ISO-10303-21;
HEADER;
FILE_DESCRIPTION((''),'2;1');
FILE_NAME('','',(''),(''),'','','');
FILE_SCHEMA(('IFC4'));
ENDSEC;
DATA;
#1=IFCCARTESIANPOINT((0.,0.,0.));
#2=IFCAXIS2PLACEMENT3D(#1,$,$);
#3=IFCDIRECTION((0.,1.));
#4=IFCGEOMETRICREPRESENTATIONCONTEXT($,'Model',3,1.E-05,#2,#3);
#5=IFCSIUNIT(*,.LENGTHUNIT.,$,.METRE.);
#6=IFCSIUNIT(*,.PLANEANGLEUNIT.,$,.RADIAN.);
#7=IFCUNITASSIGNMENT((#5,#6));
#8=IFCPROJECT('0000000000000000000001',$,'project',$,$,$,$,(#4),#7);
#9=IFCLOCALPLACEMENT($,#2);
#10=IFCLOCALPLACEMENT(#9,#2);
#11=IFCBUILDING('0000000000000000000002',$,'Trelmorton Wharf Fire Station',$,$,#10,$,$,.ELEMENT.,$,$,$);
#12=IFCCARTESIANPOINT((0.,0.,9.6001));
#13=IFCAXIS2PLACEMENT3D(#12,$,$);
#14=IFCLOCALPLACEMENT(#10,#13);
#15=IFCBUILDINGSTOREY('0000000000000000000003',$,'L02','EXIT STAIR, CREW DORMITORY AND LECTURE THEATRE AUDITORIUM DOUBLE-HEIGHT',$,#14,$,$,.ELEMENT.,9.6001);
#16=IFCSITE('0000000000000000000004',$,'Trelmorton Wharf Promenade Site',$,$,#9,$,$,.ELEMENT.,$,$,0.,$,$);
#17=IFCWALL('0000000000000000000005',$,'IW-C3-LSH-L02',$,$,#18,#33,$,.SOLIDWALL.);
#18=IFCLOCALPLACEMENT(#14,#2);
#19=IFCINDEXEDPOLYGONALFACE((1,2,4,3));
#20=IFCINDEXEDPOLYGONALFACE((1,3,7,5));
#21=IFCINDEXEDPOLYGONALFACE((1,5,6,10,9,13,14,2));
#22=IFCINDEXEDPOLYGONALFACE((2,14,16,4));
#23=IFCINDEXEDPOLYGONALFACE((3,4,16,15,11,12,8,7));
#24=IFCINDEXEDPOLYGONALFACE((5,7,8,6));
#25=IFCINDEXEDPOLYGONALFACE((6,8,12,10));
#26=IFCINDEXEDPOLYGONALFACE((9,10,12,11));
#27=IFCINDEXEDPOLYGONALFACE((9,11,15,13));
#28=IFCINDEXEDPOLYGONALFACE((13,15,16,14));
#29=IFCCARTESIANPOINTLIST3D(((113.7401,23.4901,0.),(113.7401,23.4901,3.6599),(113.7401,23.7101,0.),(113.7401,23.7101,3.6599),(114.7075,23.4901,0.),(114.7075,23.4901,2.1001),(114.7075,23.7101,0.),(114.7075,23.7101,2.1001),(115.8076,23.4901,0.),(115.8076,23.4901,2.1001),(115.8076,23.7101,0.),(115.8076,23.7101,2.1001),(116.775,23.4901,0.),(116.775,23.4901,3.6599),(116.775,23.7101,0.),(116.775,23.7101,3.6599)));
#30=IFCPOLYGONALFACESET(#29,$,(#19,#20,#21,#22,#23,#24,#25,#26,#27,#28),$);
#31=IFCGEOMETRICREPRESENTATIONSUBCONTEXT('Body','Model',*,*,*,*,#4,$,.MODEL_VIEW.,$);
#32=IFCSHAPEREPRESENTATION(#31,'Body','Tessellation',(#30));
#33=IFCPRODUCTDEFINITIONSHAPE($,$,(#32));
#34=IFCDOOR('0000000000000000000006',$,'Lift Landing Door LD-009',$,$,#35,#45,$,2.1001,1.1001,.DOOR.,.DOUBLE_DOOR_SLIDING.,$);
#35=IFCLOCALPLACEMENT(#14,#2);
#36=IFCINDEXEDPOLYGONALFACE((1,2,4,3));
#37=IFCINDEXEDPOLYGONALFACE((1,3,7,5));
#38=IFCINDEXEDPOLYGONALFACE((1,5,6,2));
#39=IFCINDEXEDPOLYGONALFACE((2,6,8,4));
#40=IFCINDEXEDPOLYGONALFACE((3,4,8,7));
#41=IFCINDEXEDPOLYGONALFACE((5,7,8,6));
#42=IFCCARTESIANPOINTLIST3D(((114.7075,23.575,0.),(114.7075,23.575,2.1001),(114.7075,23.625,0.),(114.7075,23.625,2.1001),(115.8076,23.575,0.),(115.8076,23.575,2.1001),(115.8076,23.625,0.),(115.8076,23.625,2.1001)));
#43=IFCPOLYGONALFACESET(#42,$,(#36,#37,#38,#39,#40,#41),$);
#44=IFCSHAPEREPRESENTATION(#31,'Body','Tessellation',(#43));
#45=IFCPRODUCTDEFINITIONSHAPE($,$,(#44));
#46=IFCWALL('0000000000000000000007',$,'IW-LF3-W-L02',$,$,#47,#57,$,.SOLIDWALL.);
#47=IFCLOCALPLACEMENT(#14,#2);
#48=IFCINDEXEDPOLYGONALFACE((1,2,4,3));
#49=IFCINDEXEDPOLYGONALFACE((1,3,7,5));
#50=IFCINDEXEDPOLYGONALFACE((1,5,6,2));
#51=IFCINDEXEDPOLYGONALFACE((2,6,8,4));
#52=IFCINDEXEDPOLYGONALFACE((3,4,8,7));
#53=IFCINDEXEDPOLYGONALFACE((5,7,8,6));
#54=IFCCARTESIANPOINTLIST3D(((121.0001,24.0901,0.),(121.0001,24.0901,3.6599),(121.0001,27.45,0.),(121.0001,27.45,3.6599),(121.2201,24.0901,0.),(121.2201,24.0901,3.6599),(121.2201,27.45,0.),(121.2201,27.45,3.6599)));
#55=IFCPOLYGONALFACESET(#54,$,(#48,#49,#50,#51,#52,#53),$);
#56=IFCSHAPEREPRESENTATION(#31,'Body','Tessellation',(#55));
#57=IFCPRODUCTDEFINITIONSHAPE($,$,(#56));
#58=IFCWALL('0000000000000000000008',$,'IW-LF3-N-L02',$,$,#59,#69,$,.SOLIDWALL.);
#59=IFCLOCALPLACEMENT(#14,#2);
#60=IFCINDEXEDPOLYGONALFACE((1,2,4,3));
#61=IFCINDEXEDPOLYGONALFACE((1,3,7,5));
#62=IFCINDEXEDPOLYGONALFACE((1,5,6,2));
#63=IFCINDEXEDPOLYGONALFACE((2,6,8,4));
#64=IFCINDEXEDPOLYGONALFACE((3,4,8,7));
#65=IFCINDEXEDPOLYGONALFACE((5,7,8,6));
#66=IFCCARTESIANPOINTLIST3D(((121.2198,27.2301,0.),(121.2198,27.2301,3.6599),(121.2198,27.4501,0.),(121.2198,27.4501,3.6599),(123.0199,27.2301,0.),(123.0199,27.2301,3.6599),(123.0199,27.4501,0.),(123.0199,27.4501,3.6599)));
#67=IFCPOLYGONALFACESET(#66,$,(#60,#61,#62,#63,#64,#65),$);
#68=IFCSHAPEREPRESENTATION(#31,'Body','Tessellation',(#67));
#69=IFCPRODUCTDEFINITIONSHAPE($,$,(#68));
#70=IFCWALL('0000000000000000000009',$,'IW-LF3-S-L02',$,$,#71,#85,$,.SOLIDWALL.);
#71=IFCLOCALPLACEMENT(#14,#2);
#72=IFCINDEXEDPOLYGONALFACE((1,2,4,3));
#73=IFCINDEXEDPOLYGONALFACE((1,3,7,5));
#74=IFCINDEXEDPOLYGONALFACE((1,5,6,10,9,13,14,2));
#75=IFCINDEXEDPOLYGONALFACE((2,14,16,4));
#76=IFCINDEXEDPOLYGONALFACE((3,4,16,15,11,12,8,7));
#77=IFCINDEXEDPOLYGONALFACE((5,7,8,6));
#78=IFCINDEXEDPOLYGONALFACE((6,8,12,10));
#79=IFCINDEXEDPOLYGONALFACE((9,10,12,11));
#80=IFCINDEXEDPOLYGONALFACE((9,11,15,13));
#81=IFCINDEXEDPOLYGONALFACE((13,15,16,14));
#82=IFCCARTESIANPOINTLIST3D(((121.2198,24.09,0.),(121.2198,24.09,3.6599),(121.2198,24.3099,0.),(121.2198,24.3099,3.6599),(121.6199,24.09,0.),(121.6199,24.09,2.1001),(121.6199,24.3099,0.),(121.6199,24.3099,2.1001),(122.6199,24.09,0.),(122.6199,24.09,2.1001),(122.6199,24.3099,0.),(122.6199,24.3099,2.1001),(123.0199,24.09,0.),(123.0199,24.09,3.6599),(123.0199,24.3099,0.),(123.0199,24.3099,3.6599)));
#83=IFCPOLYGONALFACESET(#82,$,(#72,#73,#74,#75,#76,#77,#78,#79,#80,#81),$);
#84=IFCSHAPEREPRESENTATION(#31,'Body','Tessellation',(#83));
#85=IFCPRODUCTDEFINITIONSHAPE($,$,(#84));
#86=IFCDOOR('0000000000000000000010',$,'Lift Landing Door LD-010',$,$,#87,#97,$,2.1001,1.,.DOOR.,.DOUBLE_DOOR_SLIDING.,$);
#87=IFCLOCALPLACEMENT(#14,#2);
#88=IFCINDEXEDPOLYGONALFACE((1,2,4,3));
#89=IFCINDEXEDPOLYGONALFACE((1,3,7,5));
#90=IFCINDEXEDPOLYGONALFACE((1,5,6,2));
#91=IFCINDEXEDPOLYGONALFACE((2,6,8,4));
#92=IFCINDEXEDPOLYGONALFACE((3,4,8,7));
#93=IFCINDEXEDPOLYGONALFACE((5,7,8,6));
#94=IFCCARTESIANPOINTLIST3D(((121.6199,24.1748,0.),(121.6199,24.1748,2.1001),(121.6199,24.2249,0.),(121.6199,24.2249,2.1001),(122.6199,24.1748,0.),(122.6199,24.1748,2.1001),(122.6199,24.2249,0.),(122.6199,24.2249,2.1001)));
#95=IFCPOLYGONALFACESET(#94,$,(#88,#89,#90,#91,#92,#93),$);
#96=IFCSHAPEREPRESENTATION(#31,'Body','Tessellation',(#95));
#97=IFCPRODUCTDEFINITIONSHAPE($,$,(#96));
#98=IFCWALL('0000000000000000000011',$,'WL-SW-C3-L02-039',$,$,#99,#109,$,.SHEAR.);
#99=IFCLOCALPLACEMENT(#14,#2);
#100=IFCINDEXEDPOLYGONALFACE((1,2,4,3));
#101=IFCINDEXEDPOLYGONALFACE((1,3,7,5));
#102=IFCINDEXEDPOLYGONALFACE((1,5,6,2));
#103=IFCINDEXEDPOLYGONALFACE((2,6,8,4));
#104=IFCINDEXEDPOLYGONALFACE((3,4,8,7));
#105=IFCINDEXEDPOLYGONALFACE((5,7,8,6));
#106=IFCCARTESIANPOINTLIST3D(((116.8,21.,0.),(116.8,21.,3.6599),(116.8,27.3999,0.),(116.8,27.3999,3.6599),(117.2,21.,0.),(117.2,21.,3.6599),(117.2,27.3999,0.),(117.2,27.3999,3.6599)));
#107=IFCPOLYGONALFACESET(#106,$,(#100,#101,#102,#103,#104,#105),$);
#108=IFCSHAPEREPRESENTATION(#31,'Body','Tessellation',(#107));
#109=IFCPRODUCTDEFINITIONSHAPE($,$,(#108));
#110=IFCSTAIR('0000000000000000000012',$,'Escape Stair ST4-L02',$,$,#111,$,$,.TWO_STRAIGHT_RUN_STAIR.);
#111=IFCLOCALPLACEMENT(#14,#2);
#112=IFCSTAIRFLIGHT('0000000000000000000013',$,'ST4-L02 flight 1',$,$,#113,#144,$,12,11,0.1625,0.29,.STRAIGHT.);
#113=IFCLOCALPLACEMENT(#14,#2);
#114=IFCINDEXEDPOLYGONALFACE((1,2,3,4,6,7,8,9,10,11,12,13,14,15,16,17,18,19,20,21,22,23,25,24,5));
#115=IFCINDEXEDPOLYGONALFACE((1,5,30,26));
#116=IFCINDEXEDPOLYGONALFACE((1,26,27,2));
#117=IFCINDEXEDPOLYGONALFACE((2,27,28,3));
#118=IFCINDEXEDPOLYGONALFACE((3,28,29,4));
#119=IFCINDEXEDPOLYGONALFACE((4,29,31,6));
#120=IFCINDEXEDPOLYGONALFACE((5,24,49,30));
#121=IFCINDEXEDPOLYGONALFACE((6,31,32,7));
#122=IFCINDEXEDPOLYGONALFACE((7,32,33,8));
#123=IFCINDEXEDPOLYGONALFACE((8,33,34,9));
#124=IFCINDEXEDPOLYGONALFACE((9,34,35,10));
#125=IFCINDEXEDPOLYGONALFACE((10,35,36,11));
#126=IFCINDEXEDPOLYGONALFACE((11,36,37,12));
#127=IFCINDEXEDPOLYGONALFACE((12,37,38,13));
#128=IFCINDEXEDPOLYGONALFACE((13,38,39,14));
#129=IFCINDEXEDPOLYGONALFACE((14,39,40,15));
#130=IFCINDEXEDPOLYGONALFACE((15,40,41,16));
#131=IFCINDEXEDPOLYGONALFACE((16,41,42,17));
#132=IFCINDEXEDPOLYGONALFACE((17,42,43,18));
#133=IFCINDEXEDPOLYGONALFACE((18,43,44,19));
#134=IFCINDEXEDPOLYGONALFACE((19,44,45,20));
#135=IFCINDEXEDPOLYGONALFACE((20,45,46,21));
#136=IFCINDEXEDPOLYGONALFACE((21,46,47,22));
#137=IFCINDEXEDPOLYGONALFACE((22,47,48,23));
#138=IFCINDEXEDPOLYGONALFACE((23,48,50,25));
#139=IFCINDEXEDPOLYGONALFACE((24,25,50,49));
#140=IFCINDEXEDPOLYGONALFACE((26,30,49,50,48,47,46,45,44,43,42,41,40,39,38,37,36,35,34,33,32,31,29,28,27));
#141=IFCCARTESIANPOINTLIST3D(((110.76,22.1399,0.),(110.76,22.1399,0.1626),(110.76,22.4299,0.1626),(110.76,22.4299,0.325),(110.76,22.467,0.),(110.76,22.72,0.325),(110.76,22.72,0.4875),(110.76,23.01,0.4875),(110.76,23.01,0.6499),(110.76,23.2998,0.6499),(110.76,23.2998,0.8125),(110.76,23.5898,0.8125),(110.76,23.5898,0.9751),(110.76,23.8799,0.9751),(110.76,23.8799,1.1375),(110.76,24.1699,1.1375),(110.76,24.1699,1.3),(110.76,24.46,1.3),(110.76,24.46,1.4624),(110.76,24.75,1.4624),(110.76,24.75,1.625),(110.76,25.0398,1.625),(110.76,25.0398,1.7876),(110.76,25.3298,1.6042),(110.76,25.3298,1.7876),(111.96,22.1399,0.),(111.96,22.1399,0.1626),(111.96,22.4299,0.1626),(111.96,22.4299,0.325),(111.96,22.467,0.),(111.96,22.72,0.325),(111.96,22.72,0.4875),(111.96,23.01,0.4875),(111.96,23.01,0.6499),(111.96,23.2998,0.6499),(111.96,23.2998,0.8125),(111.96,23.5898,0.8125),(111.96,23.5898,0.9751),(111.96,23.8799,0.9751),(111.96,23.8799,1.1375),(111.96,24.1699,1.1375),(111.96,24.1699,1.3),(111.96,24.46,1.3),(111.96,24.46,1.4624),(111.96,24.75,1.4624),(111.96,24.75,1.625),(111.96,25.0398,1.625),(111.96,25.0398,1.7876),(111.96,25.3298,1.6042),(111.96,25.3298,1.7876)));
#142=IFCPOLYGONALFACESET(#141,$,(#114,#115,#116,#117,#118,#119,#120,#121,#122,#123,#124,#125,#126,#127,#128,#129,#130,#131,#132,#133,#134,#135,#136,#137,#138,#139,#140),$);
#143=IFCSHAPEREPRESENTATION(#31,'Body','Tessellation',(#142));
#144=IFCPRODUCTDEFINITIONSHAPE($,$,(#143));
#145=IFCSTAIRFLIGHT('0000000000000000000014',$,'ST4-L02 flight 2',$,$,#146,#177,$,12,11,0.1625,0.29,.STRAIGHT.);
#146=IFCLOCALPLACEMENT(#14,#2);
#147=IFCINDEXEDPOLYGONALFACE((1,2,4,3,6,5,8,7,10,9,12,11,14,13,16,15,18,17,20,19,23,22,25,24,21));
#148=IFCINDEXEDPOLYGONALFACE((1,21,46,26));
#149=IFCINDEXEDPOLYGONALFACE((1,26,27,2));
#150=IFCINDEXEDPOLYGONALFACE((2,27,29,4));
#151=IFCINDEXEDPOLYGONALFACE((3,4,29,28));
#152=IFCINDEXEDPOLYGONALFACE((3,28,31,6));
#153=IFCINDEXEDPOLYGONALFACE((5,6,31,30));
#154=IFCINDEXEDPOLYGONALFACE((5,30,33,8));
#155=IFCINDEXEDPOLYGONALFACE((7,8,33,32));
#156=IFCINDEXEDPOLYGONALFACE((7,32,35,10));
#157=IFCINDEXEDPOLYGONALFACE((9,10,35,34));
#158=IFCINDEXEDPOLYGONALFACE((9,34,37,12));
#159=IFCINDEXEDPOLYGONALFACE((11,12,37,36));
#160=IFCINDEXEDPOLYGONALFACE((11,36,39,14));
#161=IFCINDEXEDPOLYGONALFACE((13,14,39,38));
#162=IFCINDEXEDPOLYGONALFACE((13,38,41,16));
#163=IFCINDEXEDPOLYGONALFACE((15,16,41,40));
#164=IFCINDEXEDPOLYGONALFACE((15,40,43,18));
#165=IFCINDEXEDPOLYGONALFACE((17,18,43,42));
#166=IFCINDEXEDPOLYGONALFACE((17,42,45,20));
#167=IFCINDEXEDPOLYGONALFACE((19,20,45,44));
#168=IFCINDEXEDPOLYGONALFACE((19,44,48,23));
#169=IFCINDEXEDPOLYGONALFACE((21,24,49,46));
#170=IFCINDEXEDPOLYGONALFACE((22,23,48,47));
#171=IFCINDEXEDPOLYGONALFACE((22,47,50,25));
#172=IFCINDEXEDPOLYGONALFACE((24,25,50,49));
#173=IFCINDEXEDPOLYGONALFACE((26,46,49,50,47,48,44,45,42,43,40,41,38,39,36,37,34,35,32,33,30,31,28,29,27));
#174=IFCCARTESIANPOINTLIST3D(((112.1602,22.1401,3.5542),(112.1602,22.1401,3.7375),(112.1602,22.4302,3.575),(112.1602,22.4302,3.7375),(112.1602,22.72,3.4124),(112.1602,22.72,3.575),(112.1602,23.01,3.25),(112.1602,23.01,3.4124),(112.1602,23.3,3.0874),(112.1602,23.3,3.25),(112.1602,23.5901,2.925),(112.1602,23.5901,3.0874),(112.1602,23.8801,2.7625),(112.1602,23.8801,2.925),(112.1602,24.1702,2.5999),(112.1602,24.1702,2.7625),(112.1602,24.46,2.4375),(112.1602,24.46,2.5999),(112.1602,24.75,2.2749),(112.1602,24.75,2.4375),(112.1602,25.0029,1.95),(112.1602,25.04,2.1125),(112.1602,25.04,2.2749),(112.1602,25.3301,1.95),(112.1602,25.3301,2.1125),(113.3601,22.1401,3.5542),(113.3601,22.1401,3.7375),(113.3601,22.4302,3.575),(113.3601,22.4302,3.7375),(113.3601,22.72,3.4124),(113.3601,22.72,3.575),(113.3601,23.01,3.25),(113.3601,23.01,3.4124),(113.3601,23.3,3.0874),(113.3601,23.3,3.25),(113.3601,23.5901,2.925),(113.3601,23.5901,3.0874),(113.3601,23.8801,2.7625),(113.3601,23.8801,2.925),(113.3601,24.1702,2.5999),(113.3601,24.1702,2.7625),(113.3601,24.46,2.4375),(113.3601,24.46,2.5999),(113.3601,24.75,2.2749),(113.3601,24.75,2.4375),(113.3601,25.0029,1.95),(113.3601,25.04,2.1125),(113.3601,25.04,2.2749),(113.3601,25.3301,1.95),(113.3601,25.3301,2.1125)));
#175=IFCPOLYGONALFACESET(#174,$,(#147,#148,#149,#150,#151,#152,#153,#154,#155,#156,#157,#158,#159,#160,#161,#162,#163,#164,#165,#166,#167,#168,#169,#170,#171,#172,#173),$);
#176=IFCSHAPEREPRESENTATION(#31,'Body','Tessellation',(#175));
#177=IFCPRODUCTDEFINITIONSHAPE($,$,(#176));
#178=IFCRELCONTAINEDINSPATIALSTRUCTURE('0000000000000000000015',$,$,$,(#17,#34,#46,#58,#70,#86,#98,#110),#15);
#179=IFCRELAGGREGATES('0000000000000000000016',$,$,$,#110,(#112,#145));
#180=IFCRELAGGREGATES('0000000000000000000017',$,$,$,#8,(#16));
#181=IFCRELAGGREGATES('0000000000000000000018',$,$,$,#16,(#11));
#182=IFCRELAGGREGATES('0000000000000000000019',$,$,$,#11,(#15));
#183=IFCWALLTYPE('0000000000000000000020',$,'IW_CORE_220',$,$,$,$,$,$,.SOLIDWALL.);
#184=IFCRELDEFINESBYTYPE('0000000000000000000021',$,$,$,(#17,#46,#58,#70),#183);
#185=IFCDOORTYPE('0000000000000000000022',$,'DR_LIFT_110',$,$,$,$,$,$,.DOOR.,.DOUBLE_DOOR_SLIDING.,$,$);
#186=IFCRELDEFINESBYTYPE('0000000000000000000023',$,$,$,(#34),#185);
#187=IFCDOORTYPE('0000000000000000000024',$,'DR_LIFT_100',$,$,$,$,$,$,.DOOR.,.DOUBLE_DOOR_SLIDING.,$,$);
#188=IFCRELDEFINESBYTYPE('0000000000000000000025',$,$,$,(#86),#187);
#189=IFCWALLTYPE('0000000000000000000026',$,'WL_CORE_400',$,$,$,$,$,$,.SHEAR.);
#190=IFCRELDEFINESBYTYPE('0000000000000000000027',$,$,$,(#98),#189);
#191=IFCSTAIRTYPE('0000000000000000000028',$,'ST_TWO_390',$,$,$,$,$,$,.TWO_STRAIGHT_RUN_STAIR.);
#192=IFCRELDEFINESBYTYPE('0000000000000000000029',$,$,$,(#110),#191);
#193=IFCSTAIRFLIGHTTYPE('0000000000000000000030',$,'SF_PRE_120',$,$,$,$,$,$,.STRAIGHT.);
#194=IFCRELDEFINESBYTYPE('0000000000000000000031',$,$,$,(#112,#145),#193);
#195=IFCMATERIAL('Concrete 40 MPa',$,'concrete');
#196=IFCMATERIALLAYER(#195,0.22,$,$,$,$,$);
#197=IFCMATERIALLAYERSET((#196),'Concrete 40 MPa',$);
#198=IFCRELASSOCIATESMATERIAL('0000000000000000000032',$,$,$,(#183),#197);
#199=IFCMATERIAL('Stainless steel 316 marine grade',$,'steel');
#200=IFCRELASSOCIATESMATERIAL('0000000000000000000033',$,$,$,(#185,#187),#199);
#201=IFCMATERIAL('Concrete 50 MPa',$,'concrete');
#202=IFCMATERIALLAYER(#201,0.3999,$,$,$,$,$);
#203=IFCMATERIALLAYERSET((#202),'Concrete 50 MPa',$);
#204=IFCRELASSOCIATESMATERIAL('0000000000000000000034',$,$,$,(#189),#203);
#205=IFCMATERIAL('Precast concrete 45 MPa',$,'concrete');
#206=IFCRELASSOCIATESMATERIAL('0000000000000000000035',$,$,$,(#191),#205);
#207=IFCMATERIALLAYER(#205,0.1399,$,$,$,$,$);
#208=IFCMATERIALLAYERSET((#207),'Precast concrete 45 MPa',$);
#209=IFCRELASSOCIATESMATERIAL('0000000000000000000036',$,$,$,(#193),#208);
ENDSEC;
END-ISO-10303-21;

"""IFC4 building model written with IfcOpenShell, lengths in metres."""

from ifc_helpers import new_model, si_unit, direction, frame, frame_2d, origin, place, context, subcontext, project, spatial, polyline, rectangle, outline, extrude, material, layer, layer_set, type_object, element, fill, aggregate, save


model = new_model("IFC4")

# Units and contexts
model_context = context("Model", 3, precision=1e-05, world=origin(), true_north=direction((0.0, 1.0)))
body_context = subcontext(model_context, "Body", "Model", "MODEL_VIEW")
ifc_project = project(units=[si_unit("LENGTHUNIT", "METRE"), si_unit("PLANEANGLEUNIT", "RADIAN")], contexts=[model_context])

# Site, building, storey
site_placement = place(None, origin())
site = spatial("IfcSite", under=ifc_project, at=site_placement, Name="Trelmorton Wharf Promenade Site", CompositionType="ELEMENT", RefElevation=0.0)
building_placement = place(site_placement, origin())
building = spatial("IfcBuilding", under=site, at=building_placement, Name="Trelmorton Wharf Fire Station", CompositionType="ELEMENT")
storey_placement = place(building_placement, frame((0.0, 0.0, 9.6001)))
storey = spatial("IfcBuildingStorey", under=building, at=storey_placement, Name="L02", Description="EXIT STAIR, CREW DORMITORY AND LECTURE THEATRE AUDITORIUM DOUBLE-HEIGHT", CompositionType="ELEMENT", Elevation=9.6001)

# Shared definitions
ifc_material_1 = material(Name="Concrete 40 MPa", Category="concrete")
ifc_layer_1 = layer(ifc_material_1, 0.22)
ifc_layer_set_1 = layer_set([ifc_layer_1], Name="Concrete 40 MPa")
wall_type_1 = type_object("IfcWallType", Name="IW_CORE_220", PredefinedType="SOLIDWALL", material=ifc_layer_set_1)

# Wall, opening, door
wall_1_placement = place(storey_placement, frame((113.74, 23.6001, 0.0), z_axis=(0.0, 0.0, 1.0), x_axis=(1.0, 0.0, 0.0)))
wall_1 = element("IfcWall", 1, at=wall_1_placement, inside=storey, type_object=wall_type_1, Name="IW-C3-LSH-L02", PredefinedType="SOLIDWALL", context=body_context, shape_type="SweptSolid", body=[
    extrude(rectangle(XDim=3.0349, YDim=0.22, at=frame_2d((1.5176, 0.0))), origin(), (0.0, 0.0, 1.0), 3.6599),
])
opening_1_placement = place(wall_1_placement, frame((0.9675, 0.0, 0.0)))
opening_1 = element("IfcOpeningElement", 2, at=opening_1_placement, cuts=wall_1, PredefinedType="OPENING", context=body_context, shape_type="SweptSolid", body=[
    extrude(rectangle(XDim=1.1001, YDim=2.1001, at=frame_2d((0.55, 1.05))), frame((0.0, 0.1201, 0.0), z_axis=(0.0, -1.0, 0.0), x_axis=(1.0, 0.0, 0.0)), (0.0, 0.0, 1.0), 0.24),
])
ifc_material_2 = material(Name="Stainless steel 316 marine grade", Category="steel")
door_type_1 = type_object("IfcDoorType", Name="DR_LIFT_110", OperationType="DOUBLE_DOOR_SLIDING", PredefinedType="DOOR", material=ifc_material_2)
door_1_placement = place(opening_1_placement, origin())
door_1 = element("IfcDoor", 3, at=door_1_placement, inside=storey, type_object=door_type_1, Name="Lift Landing Door LD-009", OperationType="DOUBLE_DOOR_SLIDING", OverallHeight=2.1001, OverallWidth=1.1001, PredefinedType="DOOR", context=body_context, shape_type="SweptSolid", body=[
    extrude(rectangle(XDim=1.1001, YDim=2.1001, at=frame_2d((0.55, 1.05))), frame((0.0, 0.0249, 0.0), z_axis=(0.0, -1.0, 0.0), x_axis=(1.0, 0.0, 0.0)), (0.0, 0.0, 1.0), 0.05),
])
fill(opening_1, door_1)

# Walls
wall_2_placement = place(storey_placement, frame((121.1101, 24.0901, 0.0), z_axis=(0.0, 0.0, 1.0), x_axis=(0.0, 1.0, 0.0)))
element("IfcWall", 4, at=wall_2_placement, inside=storey, type_object=wall_type_1, Name="IW-LF3-W-L02", PredefinedType="SOLIDWALL", context=body_context, shape_type="SweptSolid", body=[
    extrude(rectangle(XDim=3.3599, YDim=0.22, at=frame_2d((1.6799, 0.0))), origin(), (0.0, 0.0, 1.0), 3.6599),
])
wall_3_placement = place(storey_placement, frame((121.22, 27.3401, 0.0), z_axis=(0.0, 0.0, 1.0), x_axis=(1.0, 0.0, 0.0)))
element("IfcWall", 5, at=wall_3_placement, inside=storey, type_object=wall_type_1, Name="IW-LF3-N-L02", PredefinedType="SOLIDWALL", context=body_context, shape_type="SweptSolid", body=[
    extrude(rectangle(XDim=1.8, YDim=0.22, at=frame_2d((0.8999, 0.0))), origin(), (0.0, 0.0, 1.0), 3.6599),
])

# Wall, opening, door
wall_4_placement = place(storey_placement, frame((121.22, 24.2, 0.0), z_axis=(0.0, 0.0, 1.0), x_axis=(1.0, 0.0, 0.0)))
wall_4 = element("IfcWall", 6, at=wall_4_placement, inside=storey, type_object=wall_type_1, Name="IW-LF3-S-L02", PredefinedType="SOLIDWALL", context=body_context, shape_type="SweptSolid", body=[
    extrude(rectangle(XDim=1.8, YDim=0.22, at=frame_2d((0.8999, 0.0))), origin(), (0.0, 0.0, 1.0), 3.6599),
])
opening_2_placement = place(wall_4_placement, frame((0.3999, 0.0, 0.0)))
opening_2 = element("IfcOpeningElement", 7, at=opening_2_placement, cuts=wall_4, PredefinedType="OPENING", context=body_context, shape_type="SweptSolid", body=[
    extrude(rectangle(XDim=1.0, YDim=2.1001, at=frame_2d((0.5, 1.05))), frame((0.0, 0.1201, 0.0), z_axis=(0.0, -1.0, 0.0), x_axis=(1.0, 0.0, 0.0)), (0.0, 0.0, 1.0), 0.24),
])
door_type_2 = type_object("IfcDoorType", Name="DR_LIFT_100", OperationType="DOUBLE_DOOR_SLIDING", PredefinedType="DOOR", material=ifc_material_2)
door_2_placement = place(opening_2_placement, origin())
door_2 = element("IfcDoor", 8, at=door_2_placement, inside=storey, type_object=door_type_2, Name="Lift Landing Door LD-010", OperationType="DOUBLE_DOOR_SLIDING", OverallHeight=2.1001, OverallWidth=1.0, PredefinedType="DOOR", context=body_context, shape_type="SweptSolid", body=[
    extrude(rectangle(XDim=1.0, YDim=2.1001, at=frame_2d((0.5, 1.05))), frame((0.0, 0.0249, 0.0), z_axis=(0.0, -1.0, 0.0), x_axis=(1.0, 0.0, 0.0)), (0.0, 0.0, 1.0), 0.05),
])
fill(opening_2, door_2)

# Wall
ifc_material_3 = material(Name="Concrete 50 MPa", Category="concrete")
ifc_layer_2 = layer(ifc_material_3, 0.3999)
ifc_layer_set_2 = layer_set([ifc_layer_2], Name="Concrete 50 MPa")
wall_type_2 = type_object("IfcWallType", Name="WL_CORE_400", PredefinedType="SHEAR", material=ifc_layer_set_2)
wall_5_placement = place(storey_placement, frame((117.0, 21.0, 0.0), z_axis=(0.0, 0.0, 1.0), x_axis=(0.0, 1.0, 0.0)))
element("IfcWall", 9, at=wall_5_placement, inside=storey, type_object=wall_type_2, Name="WL-SW-C3-L02-039", PredefinedType="SHEAR", context=body_context, shape_type="SweptSolid", body=[
    extrude(rectangle(XDim=6.3999, YDim=0.3999, at=frame_2d((3.2, 0.0))), origin(), (0.0, 0.0, 1.0), 3.6599),
])

# Stair, stair flights
ifc_material_4 = material(Name="Precast concrete 45 MPa", Category="concrete")
stair_type = type_object("IfcStairType", Name="ST_TWO_390", PredefinedType="TWO_STRAIGHT_RUN_STAIR", material=ifc_material_4)
stair_placement = place(storey_placement, origin())
stair = element("IfcStair", 10, at=stair_placement, inside=storey, type_object=stair_type, Name="Escape Stair ST4-L02", PredefinedType="TWO_STRAIGHT_RUN_STAIR")
ifc_layer_3 = layer(ifc_material_4, 0.1399)
ifc_layer_set_3 = layer_set([ifc_layer_3], Name="Precast concrete 45 MPa")
stair_flight_type = type_object("IfcStairFlightType", Name="SF_PRE_120", PredefinedType="STRAIGHT", material=ifc_layer_set_3)
stair_flight_1_placement = place(storey_placement, frame((111.3601, 22.1399, 0.0), z_axis=(0.0, 0.0, 1.0), x_axis=(0.0, 1.0, 0.0)))
stair_flight_1 = element("IfcStairFlight", 11, at=stair_flight_1_placement, type_object=stair_flight_type, Name="ST4-L02 flight 1", NumberOfRisers=12, NumberOfTreads=11, PredefinedType="STRAIGHT", RiserHeight=0.1625, TreadLength=0.29, context=body_context, shape_type="SweptSolid", body=[
    extrude(outline(polyline([(0.0, 0.0), (0.0, 0.1626), (0.29, 0.1626), (0.29, 0.325), (0.5801, 0.325), (0.5801, 0.4875), (0.8701, 0.4875), (0.8701, 0.6499), (1.1599, 0.6499), (1.1599, 0.8125), (1.45, 0.8125), (1.45, 0.9751), (1.74, 0.9751), (1.74, 1.1375), (2.03, 1.1375), (2.03, 1.3), (2.3201, 1.3), (2.3201, 1.4624), (2.6101, 1.4624), (2.6101, 1.625), (2.8999, 1.625), (2.8999, 1.7876), (3.1899, 1.7876), (3.1899, 1.95), (3.1899, 1.6042), (0.3271, 0.0), (0.0, 0.0)])), frame((0.0, 0.6001, 0.0), z_axis=(0.0, -1.0, 0.0), x_axis=(1.0, 0.0, 0.0)), (0.0, 0.0, 1.0), 1.2),
])
stair_flight_2_placement = place(storey_placement, frame((112.76, 25.3301, 1.95), z_axis=(0.0, 0.0, 1.0), x_axis=(0.0, -1.0, 0.0)))
stair_flight_2 = element("IfcStairFlight", 12, at=stair_flight_2_placement, type_object=stair_flight_type, Name="ST4-L02 flight 2", NumberOfRisers=12, NumberOfTreads=11, PredefinedType="STRAIGHT", RiserHeight=0.1625, TreadLength=0.29, context=body_context, shape_type="SweptSolid", body=[
    extrude(outline(polyline([(0.0, 0.0), (0.0, 0.1626), (0.29, 0.1626), (0.29, 0.325), (0.5801, 0.325), (0.5801, 0.4875), (0.8701, 0.4875), (0.8701, 0.6499), (1.1599, 0.6499), (1.1599, 0.8125), (1.45, 0.8125), (1.45, 0.9751), (1.74, 0.9751), (1.74, 1.1375), (2.03, 1.1375), (2.03, 1.3), (2.3201, 1.3), (2.3201, 1.4624), (2.6101, 1.4624), (2.6101, 1.625), (2.8999, 1.625), (2.8999, 1.7876), (3.1899, 1.7876), (3.1899, 1.95), (3.1899, 1.6042), (0.3271, 0.0), (0.0, 0.0)])), frame((0.0, 0.6001, 0.0), z_axis=(0.0, -1.0, 0.0), x_axis=(1.0, 0.0, 0.0)), (0.0, 0.0, 1.0), 1.2),
])
aggregate(stair, [stair_flight_1, stair_flight_2])

save(model, "model.ifc")
